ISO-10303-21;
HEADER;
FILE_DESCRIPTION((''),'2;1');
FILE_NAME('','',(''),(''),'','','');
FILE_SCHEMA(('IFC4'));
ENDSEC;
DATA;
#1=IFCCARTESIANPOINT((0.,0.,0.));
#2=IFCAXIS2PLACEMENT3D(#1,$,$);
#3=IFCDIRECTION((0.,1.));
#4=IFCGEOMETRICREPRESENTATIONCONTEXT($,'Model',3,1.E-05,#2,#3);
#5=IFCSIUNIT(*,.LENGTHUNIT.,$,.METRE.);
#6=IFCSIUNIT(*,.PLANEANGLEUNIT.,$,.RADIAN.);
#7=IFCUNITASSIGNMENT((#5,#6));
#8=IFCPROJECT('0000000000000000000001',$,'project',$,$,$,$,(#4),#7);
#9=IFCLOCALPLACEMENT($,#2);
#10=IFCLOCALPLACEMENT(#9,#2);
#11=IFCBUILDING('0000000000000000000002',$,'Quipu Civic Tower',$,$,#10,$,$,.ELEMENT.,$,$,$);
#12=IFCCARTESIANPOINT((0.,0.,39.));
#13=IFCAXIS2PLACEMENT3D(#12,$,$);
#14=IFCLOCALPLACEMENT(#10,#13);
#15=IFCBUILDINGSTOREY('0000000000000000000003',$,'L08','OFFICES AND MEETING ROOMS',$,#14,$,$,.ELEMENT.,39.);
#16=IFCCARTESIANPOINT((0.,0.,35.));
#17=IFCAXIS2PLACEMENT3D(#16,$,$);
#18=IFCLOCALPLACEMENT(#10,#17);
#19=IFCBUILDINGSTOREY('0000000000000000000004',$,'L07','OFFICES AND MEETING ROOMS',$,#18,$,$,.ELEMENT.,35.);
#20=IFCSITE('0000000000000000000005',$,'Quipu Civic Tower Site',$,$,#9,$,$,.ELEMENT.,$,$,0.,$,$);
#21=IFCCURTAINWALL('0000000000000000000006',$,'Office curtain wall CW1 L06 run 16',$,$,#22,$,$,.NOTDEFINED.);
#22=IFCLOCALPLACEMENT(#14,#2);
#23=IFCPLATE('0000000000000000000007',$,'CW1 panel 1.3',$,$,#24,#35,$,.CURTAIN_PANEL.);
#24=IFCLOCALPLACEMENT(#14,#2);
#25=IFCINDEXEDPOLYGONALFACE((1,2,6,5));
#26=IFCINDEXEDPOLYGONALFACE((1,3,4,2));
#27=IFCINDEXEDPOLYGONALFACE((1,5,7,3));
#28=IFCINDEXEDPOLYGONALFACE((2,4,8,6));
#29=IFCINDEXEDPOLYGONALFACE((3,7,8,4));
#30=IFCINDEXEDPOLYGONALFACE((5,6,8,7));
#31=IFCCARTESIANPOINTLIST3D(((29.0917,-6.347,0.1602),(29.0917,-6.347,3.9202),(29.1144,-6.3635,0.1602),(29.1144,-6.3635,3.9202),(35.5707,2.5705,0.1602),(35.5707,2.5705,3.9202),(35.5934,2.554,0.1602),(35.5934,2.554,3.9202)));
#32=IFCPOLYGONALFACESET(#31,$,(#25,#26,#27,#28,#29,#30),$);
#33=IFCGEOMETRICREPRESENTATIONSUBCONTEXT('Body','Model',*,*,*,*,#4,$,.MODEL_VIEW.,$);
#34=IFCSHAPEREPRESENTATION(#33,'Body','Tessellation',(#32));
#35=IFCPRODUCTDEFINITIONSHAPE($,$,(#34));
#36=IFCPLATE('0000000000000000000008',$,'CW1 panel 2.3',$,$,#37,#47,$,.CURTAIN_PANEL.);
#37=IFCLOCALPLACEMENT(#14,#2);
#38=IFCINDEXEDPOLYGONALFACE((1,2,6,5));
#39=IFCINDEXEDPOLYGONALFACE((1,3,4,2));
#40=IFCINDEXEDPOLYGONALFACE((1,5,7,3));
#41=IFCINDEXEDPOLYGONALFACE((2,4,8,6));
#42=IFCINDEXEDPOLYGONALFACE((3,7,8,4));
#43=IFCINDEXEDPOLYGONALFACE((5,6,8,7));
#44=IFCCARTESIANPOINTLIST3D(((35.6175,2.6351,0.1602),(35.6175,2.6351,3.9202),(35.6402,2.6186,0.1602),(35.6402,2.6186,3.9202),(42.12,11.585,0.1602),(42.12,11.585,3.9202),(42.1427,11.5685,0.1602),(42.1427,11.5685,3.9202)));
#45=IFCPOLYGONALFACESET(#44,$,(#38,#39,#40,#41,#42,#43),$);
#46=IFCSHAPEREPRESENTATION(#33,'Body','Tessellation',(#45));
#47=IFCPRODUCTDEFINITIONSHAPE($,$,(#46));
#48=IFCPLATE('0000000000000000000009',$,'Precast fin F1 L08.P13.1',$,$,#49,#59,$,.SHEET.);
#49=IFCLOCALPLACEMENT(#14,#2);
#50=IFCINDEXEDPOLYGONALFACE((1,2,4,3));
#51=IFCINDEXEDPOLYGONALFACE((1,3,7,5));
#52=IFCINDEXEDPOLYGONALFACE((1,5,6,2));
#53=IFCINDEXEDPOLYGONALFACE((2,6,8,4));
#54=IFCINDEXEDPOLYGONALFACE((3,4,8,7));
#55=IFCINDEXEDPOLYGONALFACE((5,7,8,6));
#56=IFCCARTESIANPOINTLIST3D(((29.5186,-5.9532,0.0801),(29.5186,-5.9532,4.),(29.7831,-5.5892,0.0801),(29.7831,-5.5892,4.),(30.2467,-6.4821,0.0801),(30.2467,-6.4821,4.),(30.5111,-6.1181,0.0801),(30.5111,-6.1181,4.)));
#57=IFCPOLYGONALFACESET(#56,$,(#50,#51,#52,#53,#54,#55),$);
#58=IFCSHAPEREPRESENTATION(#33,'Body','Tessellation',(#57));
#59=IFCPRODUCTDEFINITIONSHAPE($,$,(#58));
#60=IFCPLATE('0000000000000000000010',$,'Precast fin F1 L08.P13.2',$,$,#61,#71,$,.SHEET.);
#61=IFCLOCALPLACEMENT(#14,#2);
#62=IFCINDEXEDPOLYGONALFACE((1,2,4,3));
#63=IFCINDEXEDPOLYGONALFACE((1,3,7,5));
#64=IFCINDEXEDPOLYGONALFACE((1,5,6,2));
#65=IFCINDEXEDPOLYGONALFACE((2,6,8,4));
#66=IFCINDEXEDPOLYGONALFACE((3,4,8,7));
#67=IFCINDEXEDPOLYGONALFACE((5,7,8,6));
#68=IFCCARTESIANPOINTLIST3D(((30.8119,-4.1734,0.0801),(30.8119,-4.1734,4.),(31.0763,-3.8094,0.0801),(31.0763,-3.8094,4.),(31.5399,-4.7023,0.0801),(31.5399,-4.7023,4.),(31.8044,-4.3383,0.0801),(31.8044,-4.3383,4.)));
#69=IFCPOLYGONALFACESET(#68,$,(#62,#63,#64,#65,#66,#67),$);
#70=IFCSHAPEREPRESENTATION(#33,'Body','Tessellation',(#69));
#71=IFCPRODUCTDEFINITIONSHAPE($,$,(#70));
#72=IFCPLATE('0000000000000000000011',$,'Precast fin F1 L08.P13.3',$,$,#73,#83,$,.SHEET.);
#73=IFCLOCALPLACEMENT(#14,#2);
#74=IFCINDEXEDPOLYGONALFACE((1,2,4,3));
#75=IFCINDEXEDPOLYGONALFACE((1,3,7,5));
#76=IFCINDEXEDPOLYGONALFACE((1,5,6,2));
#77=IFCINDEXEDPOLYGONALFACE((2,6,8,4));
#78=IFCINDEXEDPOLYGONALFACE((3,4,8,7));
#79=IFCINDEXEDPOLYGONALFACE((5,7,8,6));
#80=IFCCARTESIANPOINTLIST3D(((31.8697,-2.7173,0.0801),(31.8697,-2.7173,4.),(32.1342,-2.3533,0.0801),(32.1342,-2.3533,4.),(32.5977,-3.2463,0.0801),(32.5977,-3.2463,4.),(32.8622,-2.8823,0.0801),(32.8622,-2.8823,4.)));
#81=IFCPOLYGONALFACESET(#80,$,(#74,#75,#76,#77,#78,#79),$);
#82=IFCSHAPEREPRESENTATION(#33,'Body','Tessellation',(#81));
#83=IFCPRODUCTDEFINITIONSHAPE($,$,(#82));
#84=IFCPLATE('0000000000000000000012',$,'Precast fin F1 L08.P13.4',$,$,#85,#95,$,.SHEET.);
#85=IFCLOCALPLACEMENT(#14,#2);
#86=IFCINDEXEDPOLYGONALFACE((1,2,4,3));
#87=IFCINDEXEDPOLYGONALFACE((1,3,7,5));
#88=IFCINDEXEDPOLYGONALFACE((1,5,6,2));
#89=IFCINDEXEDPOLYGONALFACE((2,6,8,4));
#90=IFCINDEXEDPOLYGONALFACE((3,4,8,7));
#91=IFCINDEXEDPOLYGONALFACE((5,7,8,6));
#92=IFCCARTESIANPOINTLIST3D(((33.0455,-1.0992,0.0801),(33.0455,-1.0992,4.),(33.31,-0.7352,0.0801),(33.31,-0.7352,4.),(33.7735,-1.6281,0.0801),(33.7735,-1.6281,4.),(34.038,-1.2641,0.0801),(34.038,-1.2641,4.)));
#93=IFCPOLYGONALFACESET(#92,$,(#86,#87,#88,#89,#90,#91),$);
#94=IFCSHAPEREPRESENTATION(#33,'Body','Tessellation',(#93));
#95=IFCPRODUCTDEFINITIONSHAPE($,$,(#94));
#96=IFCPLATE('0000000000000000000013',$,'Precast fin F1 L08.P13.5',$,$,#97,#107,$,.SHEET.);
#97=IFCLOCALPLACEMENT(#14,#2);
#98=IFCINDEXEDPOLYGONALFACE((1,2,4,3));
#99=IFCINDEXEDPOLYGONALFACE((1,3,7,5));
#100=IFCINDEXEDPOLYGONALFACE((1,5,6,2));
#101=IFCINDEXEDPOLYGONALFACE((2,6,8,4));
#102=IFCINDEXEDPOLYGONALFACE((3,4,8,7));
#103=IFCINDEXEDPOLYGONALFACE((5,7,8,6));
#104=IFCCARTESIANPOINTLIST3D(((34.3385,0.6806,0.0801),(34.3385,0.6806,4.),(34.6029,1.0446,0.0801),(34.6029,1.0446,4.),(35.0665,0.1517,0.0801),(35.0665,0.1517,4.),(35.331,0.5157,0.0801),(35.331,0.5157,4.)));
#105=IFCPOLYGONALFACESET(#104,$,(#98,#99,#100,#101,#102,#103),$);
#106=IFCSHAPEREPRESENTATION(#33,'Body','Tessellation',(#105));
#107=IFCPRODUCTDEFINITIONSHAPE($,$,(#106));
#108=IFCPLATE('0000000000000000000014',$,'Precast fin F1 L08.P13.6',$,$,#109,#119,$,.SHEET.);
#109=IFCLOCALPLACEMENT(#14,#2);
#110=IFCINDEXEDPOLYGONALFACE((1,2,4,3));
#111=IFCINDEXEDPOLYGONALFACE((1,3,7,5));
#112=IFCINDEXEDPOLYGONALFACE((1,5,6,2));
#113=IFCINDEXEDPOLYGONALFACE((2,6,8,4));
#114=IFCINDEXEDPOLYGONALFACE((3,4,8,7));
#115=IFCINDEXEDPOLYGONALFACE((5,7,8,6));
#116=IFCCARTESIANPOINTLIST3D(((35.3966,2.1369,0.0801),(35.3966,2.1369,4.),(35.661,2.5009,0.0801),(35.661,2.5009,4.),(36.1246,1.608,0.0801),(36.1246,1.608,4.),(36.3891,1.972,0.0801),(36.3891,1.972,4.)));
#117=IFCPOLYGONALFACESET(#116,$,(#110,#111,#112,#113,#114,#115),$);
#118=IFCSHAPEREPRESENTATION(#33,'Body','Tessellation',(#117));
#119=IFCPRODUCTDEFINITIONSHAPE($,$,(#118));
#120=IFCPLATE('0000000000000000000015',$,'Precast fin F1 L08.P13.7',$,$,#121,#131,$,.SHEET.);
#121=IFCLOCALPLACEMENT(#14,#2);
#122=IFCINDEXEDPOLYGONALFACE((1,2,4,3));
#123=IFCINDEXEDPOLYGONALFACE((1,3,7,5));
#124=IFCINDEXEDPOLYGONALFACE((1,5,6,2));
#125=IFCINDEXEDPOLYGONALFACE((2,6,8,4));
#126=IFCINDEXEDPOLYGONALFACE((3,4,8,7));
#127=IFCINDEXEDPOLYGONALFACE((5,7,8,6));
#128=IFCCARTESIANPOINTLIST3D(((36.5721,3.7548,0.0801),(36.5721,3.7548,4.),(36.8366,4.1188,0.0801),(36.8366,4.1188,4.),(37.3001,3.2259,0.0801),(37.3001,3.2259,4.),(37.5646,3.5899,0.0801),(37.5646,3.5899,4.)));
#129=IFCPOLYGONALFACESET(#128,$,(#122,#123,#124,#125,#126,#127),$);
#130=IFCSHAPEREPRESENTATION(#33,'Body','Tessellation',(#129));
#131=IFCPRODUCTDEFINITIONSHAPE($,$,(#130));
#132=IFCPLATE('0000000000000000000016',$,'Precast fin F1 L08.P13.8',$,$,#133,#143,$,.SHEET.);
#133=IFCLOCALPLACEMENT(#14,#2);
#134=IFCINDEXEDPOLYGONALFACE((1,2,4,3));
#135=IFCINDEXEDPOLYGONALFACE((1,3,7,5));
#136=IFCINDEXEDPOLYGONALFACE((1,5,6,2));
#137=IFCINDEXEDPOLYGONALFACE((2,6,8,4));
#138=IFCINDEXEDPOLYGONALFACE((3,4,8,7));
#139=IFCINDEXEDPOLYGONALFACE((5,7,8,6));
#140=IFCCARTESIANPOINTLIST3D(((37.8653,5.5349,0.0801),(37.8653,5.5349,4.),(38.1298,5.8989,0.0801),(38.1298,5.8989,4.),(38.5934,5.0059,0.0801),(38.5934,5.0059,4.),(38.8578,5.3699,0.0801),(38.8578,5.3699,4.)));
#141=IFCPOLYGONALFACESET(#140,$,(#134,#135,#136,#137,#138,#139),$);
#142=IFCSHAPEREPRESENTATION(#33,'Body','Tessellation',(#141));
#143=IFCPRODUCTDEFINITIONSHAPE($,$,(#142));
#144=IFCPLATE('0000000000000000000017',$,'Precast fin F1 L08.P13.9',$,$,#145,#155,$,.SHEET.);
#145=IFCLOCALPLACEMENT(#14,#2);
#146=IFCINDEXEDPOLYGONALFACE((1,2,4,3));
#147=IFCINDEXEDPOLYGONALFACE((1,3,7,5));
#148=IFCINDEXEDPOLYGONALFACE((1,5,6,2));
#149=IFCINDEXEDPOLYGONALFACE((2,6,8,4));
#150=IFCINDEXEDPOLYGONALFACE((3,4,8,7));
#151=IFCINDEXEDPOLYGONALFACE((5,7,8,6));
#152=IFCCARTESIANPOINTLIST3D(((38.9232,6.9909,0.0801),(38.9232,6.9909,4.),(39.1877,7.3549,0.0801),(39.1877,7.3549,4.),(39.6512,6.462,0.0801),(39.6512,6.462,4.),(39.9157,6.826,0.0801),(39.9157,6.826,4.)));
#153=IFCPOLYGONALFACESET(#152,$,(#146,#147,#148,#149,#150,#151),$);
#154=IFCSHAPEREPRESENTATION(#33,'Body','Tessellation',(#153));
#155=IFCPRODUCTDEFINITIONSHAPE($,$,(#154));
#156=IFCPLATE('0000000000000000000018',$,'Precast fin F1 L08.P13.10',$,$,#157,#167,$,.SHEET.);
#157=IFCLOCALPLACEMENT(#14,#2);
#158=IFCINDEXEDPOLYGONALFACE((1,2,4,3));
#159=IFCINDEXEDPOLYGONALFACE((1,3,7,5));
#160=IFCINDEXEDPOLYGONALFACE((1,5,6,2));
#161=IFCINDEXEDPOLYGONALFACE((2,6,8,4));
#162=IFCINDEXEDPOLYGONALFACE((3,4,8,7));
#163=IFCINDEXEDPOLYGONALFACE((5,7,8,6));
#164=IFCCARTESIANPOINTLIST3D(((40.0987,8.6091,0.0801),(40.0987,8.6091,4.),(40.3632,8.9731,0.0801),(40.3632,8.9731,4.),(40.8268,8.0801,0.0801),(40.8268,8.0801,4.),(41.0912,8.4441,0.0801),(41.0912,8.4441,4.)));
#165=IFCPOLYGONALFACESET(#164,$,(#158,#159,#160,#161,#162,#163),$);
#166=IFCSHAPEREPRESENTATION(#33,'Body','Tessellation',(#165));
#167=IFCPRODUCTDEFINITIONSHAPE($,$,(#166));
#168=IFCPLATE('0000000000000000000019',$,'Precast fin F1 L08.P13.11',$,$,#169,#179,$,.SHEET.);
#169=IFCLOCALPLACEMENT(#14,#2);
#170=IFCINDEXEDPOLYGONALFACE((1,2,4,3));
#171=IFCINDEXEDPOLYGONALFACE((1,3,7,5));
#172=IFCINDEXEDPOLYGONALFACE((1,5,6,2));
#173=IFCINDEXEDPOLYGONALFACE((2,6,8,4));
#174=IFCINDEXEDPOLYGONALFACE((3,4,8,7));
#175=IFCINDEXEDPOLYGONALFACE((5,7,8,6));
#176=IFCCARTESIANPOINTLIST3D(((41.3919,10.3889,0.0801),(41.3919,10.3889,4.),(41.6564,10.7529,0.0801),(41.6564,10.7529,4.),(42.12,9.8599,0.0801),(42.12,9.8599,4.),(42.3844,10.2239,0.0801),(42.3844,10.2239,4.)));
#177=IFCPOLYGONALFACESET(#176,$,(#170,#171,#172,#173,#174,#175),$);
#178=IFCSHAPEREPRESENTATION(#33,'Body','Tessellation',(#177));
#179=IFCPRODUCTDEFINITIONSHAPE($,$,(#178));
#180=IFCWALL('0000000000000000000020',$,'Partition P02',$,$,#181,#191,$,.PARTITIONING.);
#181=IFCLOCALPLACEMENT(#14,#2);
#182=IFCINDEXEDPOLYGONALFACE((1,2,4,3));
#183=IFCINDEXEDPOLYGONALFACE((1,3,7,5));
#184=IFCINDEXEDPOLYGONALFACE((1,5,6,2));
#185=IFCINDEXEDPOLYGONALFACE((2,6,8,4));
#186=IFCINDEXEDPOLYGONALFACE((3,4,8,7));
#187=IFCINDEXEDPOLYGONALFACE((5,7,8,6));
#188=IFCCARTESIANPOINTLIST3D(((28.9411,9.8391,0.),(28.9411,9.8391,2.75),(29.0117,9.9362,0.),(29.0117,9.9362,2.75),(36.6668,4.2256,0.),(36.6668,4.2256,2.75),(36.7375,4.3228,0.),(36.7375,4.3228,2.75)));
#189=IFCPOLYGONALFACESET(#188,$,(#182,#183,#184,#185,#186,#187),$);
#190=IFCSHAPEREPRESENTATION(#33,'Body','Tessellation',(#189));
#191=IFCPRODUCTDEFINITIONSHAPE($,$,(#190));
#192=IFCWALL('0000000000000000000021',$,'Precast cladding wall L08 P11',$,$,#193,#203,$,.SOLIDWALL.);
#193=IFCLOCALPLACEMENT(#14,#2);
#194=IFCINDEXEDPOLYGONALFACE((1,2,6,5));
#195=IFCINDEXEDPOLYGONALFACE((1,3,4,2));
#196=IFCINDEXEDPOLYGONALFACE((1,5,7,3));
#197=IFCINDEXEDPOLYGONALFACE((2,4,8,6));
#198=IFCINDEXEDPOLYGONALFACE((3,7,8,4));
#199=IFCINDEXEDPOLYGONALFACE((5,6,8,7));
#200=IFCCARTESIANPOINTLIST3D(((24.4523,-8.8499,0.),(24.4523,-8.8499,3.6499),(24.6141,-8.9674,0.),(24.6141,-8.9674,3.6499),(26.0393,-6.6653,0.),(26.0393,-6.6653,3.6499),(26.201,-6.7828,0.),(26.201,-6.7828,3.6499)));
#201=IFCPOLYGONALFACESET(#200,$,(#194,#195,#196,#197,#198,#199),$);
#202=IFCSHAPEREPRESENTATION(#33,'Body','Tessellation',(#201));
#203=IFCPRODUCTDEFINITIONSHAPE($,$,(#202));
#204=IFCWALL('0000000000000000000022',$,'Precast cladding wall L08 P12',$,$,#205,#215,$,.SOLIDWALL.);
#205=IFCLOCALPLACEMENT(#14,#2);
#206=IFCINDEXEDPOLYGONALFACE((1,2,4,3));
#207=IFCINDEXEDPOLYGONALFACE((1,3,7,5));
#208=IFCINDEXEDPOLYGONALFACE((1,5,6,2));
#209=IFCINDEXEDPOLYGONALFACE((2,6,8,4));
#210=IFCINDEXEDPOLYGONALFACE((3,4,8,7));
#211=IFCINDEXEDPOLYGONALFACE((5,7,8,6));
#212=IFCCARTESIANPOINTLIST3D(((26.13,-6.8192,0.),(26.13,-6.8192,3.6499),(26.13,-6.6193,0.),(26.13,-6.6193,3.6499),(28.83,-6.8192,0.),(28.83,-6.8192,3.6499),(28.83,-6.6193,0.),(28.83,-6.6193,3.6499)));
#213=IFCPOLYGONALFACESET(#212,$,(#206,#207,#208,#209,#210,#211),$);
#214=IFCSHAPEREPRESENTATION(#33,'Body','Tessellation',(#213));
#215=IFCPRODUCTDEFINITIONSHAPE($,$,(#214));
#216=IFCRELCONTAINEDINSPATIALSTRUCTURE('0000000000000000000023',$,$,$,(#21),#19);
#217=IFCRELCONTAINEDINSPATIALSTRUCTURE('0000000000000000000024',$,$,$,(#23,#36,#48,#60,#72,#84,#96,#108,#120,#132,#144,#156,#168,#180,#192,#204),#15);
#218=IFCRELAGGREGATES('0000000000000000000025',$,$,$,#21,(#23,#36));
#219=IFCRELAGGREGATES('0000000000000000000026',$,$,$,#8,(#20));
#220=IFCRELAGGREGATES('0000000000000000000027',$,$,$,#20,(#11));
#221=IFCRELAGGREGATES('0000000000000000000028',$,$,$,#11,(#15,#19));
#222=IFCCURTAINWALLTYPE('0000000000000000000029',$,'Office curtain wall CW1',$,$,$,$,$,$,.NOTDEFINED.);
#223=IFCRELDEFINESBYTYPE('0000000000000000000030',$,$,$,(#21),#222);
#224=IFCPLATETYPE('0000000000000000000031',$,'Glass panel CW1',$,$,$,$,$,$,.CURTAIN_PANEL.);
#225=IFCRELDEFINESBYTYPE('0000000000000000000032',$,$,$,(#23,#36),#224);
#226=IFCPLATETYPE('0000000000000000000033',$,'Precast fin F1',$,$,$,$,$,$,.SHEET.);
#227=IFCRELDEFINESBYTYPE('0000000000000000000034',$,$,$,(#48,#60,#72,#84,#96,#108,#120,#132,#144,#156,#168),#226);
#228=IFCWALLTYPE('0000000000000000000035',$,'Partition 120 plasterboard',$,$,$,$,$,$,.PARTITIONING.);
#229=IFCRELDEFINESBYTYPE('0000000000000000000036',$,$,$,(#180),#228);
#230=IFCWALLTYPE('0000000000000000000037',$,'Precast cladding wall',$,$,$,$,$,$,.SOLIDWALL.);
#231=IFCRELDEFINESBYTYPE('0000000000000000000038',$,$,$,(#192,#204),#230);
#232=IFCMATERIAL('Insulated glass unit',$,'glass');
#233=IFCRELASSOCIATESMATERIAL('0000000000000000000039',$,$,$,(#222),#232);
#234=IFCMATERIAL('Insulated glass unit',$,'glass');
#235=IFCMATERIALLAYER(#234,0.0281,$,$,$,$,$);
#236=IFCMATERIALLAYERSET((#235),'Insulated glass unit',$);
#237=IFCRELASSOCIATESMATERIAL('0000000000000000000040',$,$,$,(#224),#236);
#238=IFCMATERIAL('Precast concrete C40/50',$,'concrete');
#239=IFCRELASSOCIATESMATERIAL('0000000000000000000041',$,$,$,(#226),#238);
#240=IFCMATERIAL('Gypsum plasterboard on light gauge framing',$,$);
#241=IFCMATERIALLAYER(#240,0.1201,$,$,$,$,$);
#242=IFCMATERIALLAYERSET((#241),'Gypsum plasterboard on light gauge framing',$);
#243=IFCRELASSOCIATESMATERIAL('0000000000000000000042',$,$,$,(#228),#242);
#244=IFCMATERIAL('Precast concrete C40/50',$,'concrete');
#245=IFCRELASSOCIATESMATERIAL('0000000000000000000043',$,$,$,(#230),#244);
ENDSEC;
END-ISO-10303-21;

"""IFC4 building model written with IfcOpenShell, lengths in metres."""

from ifc_helpers import new_model, si_unit, direction, frame, frame_2d, origin, origin_2d, place, context, subcontext, project, spatial, rectangle, extrude, material, layer, layer_set, type_object, element, aggregate, save


model = new_model("IFC4")

# Units and contexts
model_context = context("Model", 3, precision=1e-05, world=origin(), true_north=direction((0.0, 1.0)))
body_context = subcontext(model_context, "Body", "Model", "MODEL_VIEW")
ifc_project = project(units=[si_unit("LENGTHUNIT", "METRE"), si_unit("PLANEANGLEUNIT", "RADIAN")], contexts=[model_context])

# Site, building, storey
site_placement = place(None, origin())
site = spatial("IfcSite", under=ifc_project, at=site_placement, Name="Quipu Civic Tower Site", CompositionType="ELEMENT", RefElevation=0.0)
building_placement = place(site_placement, origin())
building = spatial("IfcBuilding", under=site, at=building_placement, Name="Quipu Civic Tower", CompositionType="ELEMENT")
storey_1_placement = place(building_placement, frame((0.0, 0.0, 39.0)))
storey_1 = spatial("IfcBuildingStorey", under=building, at=storey_1_placement, Name="L08", Description="OFFICES AND MEETING ROOMS", CompositionType="ELEMENT", Elevation=39.0)

# Shared definitions
storey_2_placement = place(building_placement, frame((0.0, 0.0, 35.0)))
storey_2 = spatial("IfcBuildingStorey", under=building, at=storey_2_placement, Name="L07", Description="OFFICES AND MEETING ROOMS", CompositionType="ELEMENT", Elevation=35.0)

# Curtain wall, plates
ifc_material_1 = material(Name="Insulated glass unit", Category="glass")
curtain_wall_type = type_object("IfcCurtainWallType", Name="Office curtain wall CW1", PredefinedType="NOTDEFINED", material=ifc_material_1)
curtain_wall_placement = place(storey_2_placement, origin())
curtain_wall = element("IfcCurtainWall", 1, at=curtain_wall_placement, inside=storey_2, type_object=curtain_wall_type, Name="Office curtain wall CW1 L06 run 16", PredefinedType="NOTDEFINED")
ifc_material_2 = material(Name="Insulated glass unit", Category="glass")
ifc_layer_1 = layer(ifc_material_2, 0.0281)
ifc_layer_set_1 = layer_set([ifc_layer_1], Name="Insulated glass unit")
plate_type_1 = type_object("IfcPlateType", Name="Glass panel CW1", PredefinedType="CURTAIN_PANEL", material=ifc_layer_set_1)
plate_1_placement = place(storey_1_placement, frame((32.3425, -1.8965, 0.1602), z_axis=(0.0, 0.0, 1.0), x_axis=(0.587786, 0.809017, 0.0)))
plate_1 = element("IfcPlate", 2, at=plate_1_placement, inside=storey_1, type_object=plate_type_1, Name="CW1 panel 1.3", PredefinedType="CURTAIN_PANEL", context=body_context, shape_type="SweptSolid", body=[
    extrude(rectangle(XDim=11.0227, YDim=0.0281, at=origin_2d()), origin(), (0.0, 0.0, 1.0), 3.76),
])
plate_2_placement = place(storey_1_placement, frame((38.8801, 7.1018, 0.1602), z_axis=(0.0, 0.0, 1.0), x_axis=(0.587786, 0.809017, 0.0)))
plate_2 = element("IfcPlate", 3, at=plate_2_placement, inside=storey_1, type_object=plate_type_1, Name="CW1 panel 2.3", PredefinedType="CURTAIN_PANEL", context=body_context, shape_type="SweptSolid", body=[
    extrude(rectangle(XDim=11.0627, YDim=0.0281, at=origin_2d()), origin(), (0.0, 0.0, 1.0), 3.76),
])
aggregate(curtain_wall, [plate_1, plate_2])

# Plates
ifc_material_3 = material(Name="Precast concrete C40/50", Category="concrete")
plate_type_2 = type_object("IfcPlateType", Name="Precast fin F1", PredefinedType="SHEET", material=ifc_material_3)
for number, where, z_axis, x_axis, name in (
    (4, (30.0149, -6.0356, 0.0801), (0.0, 0.0, 1.0), (0.587786, 0.809017, 0.0), "Precast fin F1 L08.P13.1"),
    (5, (31.3081, -4.2559, 0.0801), (0.0, 0.0, 1.0), (0.587786, 0.809017, 0.0), "Precast fin F1 L08.P13.2"),
    (6, (32.366, -2.7998, 0.0801), (0.0, 0.0, 1.0), (0.587786, 0.809017, 0.0), "Precast fin F1 L08.P13.3"),
    (7, (33.5417, -1.1816, 0.0801), (0.0, 0.0, 1.0), (0.587786, 0.809017, 0.0), "Precast fin F1 L08.P13.4"),
    (8, (34.8347, 0.5981, 0.0801), (0.0, 0.0, 1.0), (0.587786, 0.809017, 0.0), "Precast fin F1 L08.P13.5"),
    (9, (35.8928, 2.0544, 0.0801), (0.0, 0.0, 1.0), (0.587786, 0.809017, 0.0), "Precast fin F1 L08.P13.6"),
    (10, (37.0684, 3.6724, 0.0801), (0.0, 0.0, 1.0), (0.587786, 0.809017, 0.0), "Precast fin F1 L08.P13.7"),
    (11, (38.3616, 5.4524, 0.0801), (0.0, 0.0, 1.0), (0.587786, 0.809017, 0.0), "Precast fin F1 L08.P13.8"),
    (12, (39.4194, 6.9084, 0.0801), (0.0, 0.0, 1.0), (0.587786, 0.809017, 0.0), "Precast fin F1 L08.P13.9"),
    (13, (40.595, 8.5266, 0.0801), (0.0, 0.0, 1.0), (0.587786, 0.809017, 0.0), "Precast fin F1 L08.P13.10"),
    (14, (41.8882, 10.3064, 0.0801), (0.0, 0.0, 1.0), (0.587786, 0.809017, 0.0), "Precast fin F1 L08.P13.11"),
):
    element("IfcPlate", number, at=place(storey_1_placement, frame(where, z_axis=z_axis, x_axis=x_axis)), inside=storey_1, type_object=plate_type_2, Name=name, PredefinedType="SHEET", context=body_context, shape_type="SweptSolid", body=[
        extrude(rectangle(XDim=0.45, YDim=0.8999, at=origin_2d()), origin(), (0.0, 0.0, 1.0), 3.9199),
    ])

# Walls
ifc_material_4 = material(Name="Gypsum plasterboard on light gauge framing")
ifc_layer_2 = layer(ifc_material_4, 0.1201)
ifc_layer_set_2 = layer_set([ifc_layer_2], Name="Gypsum plasterboard on light gauge framing")
wall_type_1 = type_object("IfcWallType", Name="Partition 120 plasterboard", PredefinedType="PARTITIONING", material=ifc_layer_set_2)
wall_1_placement = place(storey_1_placement, frame((36.7021, 4.2742, 0.0), z_axis=(0.0, 0.0, 1.0), x_axis=(-0.808998, 0.587811, 0.0)))
element("IfcWall", 15, at=wall_1_placement, inside=storey_1, type_object=wall_type_1, Name="Partition P02", PredefinedType="PARTITIONING", context=body_context, shape_type="SweptSolid", body=[
    extrude(rectangle(XDim=9.5498, YDim=0.1201, at=frame_2d((4.7749, 0.0))), origin(), (0.0, 0.0, 1.0), 2.75),
])
ifc_material_5 = material(Name="Precast concrete C40/50", Category="concrete")
wall_type_2 = type_object("IfcWallType", Name="Precast cladding wall", PredefinedType="SOLIDWALL", material=ifc_material_5)
wall_2_placement = place(storey_1_placement, frame((24.5332, -8.9087, 0.0), z_axis=(0.0, 0.0, 1.0), x_axis=(0.58772, 0.809064, 0.0)))
element("IfcWall", 16, at=wall_2_placement, inside=storey_1, type_object=wall_type_2, Name="Precast cladding wall L08 P11", PredefinedType="SOLIDWALL", context=body_context, shape_type="SweptSolid", body=[
    extrude(rectangle(XDim=2.7002, YDim=0.2, at=frame_2d((1.3501, 0.0))), origin(), (0.0, 0.0, 1.0), 3.6499),
])
wall_3_placement = place(storey_1_placement, frame((26.1299, -6.7192, 0.0), z_axis=(0.0, 0.0, 1.0), x_axis=(1.0, 0.0, 0.0)))
element("IfcWall", 17, at=wall_3_placement, inside=storey_1, type_object=wall_type_2, Name="Precast cladding wall L08 P12", PredefinedType="SOLIDWALL", context=body_context, shape_type="SweptSolid", body=[
    extrude(rectangle(XDim=2.7, YDim=0.2, at=frame_2d((1.3501, 0.0))), origin(), (0.0, 0.0, 1.0), 3.6499),
])

save(model, "model.ifc")
